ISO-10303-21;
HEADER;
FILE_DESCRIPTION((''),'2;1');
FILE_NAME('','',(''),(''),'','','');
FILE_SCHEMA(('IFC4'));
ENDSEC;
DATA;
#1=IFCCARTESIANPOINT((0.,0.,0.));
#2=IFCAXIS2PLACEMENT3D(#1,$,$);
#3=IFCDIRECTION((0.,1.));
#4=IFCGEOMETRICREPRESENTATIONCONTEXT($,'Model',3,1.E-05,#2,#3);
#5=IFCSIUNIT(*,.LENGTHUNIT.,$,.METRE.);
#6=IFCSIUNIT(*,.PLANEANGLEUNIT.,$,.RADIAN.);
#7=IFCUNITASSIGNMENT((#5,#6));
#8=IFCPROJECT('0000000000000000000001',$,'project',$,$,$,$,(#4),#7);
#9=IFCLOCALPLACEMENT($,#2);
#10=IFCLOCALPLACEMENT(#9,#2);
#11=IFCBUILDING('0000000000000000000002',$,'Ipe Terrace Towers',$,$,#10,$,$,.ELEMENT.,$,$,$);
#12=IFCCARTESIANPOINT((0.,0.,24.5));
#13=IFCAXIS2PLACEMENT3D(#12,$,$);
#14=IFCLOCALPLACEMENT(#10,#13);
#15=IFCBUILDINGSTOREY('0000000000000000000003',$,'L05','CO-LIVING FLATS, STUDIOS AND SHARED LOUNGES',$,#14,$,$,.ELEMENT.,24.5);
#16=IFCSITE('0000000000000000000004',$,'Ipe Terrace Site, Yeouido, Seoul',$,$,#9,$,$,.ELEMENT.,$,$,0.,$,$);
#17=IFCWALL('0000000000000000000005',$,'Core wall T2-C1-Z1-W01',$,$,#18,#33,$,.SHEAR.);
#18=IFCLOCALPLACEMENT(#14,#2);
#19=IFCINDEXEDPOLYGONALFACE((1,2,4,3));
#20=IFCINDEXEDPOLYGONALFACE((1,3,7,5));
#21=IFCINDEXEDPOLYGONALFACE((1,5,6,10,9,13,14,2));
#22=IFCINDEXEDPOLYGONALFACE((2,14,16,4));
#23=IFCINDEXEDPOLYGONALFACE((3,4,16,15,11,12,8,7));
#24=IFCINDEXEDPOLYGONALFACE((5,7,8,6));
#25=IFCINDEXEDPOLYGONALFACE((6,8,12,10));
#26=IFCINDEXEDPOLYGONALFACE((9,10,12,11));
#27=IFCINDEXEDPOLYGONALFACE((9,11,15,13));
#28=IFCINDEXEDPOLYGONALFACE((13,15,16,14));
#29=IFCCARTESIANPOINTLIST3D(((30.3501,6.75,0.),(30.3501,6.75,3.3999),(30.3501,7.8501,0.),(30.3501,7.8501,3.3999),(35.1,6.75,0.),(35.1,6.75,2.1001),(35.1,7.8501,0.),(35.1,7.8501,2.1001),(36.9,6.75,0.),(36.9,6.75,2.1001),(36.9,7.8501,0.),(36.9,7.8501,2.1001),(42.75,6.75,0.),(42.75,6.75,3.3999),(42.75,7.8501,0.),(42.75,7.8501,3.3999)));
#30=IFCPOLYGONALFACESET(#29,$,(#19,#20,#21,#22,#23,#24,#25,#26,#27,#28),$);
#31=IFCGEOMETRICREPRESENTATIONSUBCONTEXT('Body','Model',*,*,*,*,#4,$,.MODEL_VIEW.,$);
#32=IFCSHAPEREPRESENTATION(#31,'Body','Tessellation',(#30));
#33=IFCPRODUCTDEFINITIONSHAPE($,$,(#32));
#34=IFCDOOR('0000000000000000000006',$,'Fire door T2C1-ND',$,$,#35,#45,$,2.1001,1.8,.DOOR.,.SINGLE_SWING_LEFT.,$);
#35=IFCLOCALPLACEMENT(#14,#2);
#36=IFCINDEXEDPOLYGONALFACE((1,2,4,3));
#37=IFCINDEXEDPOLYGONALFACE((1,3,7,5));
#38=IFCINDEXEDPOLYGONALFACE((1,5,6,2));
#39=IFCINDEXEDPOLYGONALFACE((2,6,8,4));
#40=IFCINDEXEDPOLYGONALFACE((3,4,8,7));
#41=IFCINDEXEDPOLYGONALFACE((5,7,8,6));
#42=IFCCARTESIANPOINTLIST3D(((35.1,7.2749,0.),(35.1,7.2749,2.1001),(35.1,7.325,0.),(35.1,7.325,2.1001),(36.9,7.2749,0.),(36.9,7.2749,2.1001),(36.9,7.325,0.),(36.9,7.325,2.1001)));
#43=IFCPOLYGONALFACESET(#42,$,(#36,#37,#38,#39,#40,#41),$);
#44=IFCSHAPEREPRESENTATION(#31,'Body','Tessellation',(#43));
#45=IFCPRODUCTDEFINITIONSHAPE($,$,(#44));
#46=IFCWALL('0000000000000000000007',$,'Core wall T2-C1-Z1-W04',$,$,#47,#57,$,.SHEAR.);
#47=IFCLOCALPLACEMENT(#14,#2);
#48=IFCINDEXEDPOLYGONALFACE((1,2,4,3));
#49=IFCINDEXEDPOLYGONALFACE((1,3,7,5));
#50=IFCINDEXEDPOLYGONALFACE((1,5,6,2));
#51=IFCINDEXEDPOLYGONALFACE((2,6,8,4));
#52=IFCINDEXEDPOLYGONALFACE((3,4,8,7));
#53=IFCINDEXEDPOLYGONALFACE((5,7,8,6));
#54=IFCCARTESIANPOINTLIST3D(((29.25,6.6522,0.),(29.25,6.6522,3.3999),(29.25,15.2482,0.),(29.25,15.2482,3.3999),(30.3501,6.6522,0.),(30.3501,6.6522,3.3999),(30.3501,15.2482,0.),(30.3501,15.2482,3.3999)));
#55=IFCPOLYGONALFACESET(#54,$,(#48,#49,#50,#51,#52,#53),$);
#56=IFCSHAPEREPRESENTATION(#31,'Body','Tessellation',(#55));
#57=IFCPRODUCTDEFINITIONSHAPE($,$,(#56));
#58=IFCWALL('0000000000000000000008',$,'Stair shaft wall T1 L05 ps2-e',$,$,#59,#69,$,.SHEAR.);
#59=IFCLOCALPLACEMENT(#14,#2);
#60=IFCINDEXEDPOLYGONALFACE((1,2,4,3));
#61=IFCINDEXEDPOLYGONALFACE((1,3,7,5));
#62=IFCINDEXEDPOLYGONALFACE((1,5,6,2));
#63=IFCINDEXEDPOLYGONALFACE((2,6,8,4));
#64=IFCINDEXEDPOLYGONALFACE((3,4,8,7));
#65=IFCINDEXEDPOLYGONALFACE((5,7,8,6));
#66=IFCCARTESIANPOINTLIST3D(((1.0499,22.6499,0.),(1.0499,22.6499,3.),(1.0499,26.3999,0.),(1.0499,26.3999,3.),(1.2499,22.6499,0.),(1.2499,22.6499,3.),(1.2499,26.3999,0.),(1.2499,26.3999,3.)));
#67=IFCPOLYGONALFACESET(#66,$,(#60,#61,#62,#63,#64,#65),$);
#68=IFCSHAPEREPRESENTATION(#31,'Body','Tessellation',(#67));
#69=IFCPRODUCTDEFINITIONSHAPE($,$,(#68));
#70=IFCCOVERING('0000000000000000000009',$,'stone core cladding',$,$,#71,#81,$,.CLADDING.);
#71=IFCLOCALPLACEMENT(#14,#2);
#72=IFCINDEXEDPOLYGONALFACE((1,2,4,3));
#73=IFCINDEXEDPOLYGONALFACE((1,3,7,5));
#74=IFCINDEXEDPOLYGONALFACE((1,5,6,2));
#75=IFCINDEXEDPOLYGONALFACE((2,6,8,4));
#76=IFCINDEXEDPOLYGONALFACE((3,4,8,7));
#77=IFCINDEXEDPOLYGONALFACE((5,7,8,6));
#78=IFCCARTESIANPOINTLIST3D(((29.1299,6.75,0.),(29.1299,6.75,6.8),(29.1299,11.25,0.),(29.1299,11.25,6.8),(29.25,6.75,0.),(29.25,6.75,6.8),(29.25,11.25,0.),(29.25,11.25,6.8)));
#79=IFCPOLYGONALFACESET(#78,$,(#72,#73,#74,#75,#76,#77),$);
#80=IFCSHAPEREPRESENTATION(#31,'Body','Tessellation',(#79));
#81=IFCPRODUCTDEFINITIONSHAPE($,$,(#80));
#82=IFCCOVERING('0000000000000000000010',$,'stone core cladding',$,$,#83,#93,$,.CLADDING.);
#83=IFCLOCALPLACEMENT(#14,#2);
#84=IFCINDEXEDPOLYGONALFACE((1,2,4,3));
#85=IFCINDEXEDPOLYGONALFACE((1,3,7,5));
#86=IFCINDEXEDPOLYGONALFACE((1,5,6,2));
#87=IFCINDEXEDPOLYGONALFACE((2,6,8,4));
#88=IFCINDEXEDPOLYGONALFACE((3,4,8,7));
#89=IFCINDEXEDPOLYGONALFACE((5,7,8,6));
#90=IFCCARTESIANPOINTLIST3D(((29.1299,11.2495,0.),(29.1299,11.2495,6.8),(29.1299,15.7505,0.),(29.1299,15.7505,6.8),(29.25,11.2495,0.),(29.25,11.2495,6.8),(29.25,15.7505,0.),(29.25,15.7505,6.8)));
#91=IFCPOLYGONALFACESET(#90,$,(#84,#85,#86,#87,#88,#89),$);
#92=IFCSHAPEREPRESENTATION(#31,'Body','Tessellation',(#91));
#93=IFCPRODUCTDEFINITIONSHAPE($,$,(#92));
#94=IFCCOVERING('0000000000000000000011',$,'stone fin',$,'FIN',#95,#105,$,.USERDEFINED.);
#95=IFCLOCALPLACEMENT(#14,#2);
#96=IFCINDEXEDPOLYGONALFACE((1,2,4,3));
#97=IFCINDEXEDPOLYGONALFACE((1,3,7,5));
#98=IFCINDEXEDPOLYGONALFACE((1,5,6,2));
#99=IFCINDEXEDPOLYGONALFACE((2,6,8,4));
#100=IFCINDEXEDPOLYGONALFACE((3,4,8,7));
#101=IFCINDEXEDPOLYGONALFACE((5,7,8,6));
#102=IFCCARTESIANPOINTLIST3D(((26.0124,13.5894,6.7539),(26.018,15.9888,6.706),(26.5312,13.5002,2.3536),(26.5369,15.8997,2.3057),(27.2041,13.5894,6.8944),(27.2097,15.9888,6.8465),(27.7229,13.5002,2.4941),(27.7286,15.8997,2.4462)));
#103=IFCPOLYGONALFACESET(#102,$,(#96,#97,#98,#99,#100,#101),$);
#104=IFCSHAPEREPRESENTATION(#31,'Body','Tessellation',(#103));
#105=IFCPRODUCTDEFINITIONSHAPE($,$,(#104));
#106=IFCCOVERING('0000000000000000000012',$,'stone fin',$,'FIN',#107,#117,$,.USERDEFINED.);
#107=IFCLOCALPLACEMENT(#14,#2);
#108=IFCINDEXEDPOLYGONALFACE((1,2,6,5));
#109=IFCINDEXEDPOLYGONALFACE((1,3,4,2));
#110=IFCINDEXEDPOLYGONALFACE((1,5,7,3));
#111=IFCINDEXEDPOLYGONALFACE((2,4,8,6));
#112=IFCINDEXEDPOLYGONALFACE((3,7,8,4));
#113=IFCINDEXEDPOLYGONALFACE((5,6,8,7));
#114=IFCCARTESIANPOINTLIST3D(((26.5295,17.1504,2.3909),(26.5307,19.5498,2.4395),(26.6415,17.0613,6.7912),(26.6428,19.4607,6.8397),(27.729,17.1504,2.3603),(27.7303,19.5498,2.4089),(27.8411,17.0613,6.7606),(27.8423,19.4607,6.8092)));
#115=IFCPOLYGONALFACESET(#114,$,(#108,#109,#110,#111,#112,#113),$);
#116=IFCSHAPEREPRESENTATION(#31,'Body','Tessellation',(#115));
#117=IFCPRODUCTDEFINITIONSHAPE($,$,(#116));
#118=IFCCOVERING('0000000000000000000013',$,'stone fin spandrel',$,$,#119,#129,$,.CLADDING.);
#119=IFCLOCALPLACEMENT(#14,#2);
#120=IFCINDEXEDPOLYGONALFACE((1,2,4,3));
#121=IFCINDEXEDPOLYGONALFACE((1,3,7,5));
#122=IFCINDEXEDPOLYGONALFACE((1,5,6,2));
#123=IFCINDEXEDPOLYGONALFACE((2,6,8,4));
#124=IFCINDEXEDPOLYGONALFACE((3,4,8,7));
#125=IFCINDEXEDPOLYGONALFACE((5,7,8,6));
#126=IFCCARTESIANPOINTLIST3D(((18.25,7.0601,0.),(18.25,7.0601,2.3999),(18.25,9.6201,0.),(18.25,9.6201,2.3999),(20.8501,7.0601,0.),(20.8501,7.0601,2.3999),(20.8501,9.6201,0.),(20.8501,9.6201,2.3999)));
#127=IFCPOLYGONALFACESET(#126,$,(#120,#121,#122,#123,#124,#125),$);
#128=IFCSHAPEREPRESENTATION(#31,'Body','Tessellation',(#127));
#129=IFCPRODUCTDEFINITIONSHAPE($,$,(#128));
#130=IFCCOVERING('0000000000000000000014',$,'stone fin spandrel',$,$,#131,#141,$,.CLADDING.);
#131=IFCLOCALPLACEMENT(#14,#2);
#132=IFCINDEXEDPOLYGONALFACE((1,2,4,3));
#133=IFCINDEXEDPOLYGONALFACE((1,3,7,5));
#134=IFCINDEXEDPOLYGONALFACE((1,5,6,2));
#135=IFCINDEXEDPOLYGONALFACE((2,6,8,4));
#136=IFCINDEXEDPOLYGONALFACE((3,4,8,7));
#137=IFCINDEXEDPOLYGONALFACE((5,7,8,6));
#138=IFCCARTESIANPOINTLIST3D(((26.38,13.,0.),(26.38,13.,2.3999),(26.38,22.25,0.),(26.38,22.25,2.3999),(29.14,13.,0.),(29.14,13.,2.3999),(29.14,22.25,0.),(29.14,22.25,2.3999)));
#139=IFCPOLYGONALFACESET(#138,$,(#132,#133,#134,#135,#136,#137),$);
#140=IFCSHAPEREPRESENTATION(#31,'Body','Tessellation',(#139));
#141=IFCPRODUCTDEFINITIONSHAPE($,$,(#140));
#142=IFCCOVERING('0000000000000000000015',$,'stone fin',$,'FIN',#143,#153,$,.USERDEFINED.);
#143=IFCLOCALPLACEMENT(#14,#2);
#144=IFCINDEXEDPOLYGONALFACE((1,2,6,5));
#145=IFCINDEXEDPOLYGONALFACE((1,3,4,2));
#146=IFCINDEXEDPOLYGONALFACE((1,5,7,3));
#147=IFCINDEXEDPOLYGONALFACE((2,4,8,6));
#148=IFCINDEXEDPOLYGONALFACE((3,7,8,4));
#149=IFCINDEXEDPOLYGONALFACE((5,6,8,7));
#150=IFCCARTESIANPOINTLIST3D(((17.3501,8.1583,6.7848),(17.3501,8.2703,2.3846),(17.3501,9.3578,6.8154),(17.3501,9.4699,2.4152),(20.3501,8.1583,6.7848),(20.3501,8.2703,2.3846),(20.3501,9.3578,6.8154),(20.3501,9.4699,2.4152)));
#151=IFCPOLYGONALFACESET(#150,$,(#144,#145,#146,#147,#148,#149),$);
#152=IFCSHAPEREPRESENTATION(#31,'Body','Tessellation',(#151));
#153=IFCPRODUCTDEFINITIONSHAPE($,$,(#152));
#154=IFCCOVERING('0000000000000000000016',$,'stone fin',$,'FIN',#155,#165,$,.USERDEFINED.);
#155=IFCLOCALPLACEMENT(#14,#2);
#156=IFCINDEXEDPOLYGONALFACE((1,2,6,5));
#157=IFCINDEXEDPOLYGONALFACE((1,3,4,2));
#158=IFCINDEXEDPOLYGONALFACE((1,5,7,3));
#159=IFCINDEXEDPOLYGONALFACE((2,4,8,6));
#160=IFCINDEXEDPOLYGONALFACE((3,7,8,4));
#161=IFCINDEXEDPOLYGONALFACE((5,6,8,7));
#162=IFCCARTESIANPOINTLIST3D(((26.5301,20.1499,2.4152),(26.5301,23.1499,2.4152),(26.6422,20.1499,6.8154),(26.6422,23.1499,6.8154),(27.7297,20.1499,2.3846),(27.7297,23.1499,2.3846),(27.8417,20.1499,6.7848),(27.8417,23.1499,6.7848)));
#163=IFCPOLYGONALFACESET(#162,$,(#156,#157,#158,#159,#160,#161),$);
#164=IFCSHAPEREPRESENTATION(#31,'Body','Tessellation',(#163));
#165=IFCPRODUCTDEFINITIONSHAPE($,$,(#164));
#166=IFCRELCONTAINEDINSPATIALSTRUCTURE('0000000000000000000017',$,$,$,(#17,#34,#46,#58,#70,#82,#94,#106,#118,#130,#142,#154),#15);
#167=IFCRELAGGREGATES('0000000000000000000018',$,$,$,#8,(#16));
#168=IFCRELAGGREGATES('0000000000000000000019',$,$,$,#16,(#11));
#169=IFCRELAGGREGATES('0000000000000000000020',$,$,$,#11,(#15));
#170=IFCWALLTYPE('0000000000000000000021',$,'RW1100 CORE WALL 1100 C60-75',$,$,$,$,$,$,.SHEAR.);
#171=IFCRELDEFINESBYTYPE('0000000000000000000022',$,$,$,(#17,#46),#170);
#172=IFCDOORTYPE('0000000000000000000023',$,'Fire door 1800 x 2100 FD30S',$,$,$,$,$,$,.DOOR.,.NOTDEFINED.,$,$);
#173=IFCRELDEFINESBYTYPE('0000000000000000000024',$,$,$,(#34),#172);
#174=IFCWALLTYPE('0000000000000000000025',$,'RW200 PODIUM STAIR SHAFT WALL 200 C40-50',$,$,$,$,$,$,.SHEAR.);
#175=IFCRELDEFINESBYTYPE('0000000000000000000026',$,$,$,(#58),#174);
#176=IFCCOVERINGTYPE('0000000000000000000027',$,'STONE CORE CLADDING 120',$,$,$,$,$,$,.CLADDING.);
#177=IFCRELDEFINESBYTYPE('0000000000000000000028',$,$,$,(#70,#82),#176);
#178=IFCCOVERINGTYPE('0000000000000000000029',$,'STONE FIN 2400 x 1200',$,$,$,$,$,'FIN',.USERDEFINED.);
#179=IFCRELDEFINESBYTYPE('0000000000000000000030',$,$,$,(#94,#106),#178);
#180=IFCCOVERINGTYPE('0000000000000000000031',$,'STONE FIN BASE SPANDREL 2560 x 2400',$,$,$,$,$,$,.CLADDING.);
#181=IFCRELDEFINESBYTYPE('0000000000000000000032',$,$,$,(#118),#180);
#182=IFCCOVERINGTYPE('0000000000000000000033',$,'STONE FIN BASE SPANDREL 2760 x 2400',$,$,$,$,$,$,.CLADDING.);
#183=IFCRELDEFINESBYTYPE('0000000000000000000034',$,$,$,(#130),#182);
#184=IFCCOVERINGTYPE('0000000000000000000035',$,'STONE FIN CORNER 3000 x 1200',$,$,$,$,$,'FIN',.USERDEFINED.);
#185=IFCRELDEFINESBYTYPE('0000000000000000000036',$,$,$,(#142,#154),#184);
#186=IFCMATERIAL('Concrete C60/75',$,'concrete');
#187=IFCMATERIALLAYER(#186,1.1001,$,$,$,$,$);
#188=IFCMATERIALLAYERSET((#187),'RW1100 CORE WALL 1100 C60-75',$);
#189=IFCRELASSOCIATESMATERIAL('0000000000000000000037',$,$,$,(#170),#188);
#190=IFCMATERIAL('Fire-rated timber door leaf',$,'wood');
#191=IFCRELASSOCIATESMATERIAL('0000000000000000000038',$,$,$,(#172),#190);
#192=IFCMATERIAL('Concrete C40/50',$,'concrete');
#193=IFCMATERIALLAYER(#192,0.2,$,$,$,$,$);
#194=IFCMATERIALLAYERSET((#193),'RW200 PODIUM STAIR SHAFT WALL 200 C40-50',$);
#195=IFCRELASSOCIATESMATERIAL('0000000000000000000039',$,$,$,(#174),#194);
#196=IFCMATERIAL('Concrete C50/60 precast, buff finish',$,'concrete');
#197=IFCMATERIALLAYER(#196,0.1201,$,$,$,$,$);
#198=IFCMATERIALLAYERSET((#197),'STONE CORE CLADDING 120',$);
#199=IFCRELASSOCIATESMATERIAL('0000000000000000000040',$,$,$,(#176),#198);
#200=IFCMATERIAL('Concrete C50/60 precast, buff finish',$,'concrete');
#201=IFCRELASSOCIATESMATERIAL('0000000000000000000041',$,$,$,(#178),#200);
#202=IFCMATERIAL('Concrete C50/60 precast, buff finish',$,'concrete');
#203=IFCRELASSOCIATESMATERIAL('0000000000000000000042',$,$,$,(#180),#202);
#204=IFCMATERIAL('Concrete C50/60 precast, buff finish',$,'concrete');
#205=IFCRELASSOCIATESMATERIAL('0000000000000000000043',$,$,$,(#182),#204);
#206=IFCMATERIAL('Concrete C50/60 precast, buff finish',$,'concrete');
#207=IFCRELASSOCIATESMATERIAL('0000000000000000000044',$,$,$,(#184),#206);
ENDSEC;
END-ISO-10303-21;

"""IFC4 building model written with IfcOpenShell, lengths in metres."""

from ifc_helpers import new_model, si_unit, direction, frame, frame_2d, origin, origin_2d, place, context, subcontext, project, spatial, rectangle, extrude, material, layer, layer_set, material_profile, profile_set, type_object, element, fill, save


model = new_model("IFC4")

# Units and contexts
model_context = context("Model", 3, precision=1e-05, world=origin(), true_north=direction((0.0, 1.0)))
body_context = subcontext(model_context, "Body", "Model", "MODEL_VIEW")
ifc_project = project(units=[si_unit("LENGTHUNIT", "METRE"), si_unit("PLANEANGLEUNIT", "RADIAN")], contexts=[model_context])

# Site, building, storey
site_placement = place(None, origin())
site = spatial("IfcSite", under=ifc_project, at=site_placement, Name="Ipe Terrace Site, Yeouido, Seoul", CompositionType="ELEMENT", RefElevation=0.0)
building_placement = place(site_placement, origin())
building = spatial("IfcBuilding", under=site, at=building_placement, Name="Ipe Terrace Towers", CompositionType="ELEMENT")
storey_placement = place(building_placement, frame((0.0, 0.0, 24.5)))
storey = spatial("IfcBuildingStorey", under=building, at=storey_placement, Name="L05", Description="CO-LIVING FLATS, STUDIOS AND SHARED LOUNGES", CompositionType="ELEMENT", Elevation=24.5)

# Wall, opening, door
ifc_material_1 = material(Name="Concrete C60/75", Category="concrete")
ifc_layer_1 = layer(ifc_material_1, 1.1001)
ifc_layer_set_1 = layer_set([ifc_layer_1], Name="RW1100 CORE WALL 1100 C60-75")
wall_type_1 = type_object("IfcWallType", Name="RW1100 CORE WALL 1100 C60-75", PredefinedType="SHEAR", material=ifc_layer_set_1)
wall_1_placement = place(storey_placement, frame((30.3501, 7.3, 0.0), z_axis=(0.0, 0.0, 1.0), x_axis=(1.0, 0.0, 0.0)))
wall_1 = element("IfcWall", 1, at=wall_1_placement, inside=storey, type_object=wall_type_1, Name="Core wall T2-C1-Z1-W01", PredefinedType="SHEAR", context=body_context, shape_type="SweptSolid", body=[
    extrude(rectangle(XDim=12.3999, YDim=1.1001, at=frame_2d((6.2, 0.0))), origin(), (0.0, 0.0, 1.0), 3.3999),
])
opening_placement = place(wall_1_placement, frame((4.75, 0.0, 0.0)))
opening = element("IfcOpeningElement", 2, at=opening_placement, cuts=wall_1, PredefinedType="OPENING", context=body_context, shape_type="SweptSolid", body=[
    extrude(rectangle(XDim=1.8, YDim=2.1001, at=frame_2d((0.8999, 1.05))), frame((0.0, 0.5601, 0.0), z_axis=(0.0, -1.0, 0.0), x_axis=(1.0, 0.0, 0.0)), (0.0, 0.0, 1.0), 1.1201),
])
ifc_material_2 = material(Name="Fire-rated timber door leaf", Category="wood")
door_type = type_object("IfcDoorType", Name="Fire door 1800 x 2100 FD30S", OperationType="NOTDEFINED", PredefinedType="DOOR", material=ifc_material_2)
door_placement = place(opening_placement, origin())
door = element("IfcDoor", 3, at=door_placement, inside=storey, type_object=door_type, Name="Fire door T2C1-ND", OperationType="SINGLE_SWING_LEFT", OverallHeight=2.1001, OverallWidth=1.8, PredefinedType="DOOR", context=body_context, shape_type="SweptSolid", body=[
    extrude(rectangle(XDim=1.8, YDim=2.1001, at=frame_2d((0.8999, 1.05))), frame((0.0, 0.0249, 0.0), z_axis=(0.0, -1.0, 0.0), x_axis=(1.0, 0.0, 0.0)), (0.0, 0.0, 1.0), 0.05),
])
fill(opening, door)

# Walls
wall_2_placement = place(storey_placement, frame((29.8, 15.248, 0.0), z_axis=(0.0, 0.0, 1.0), x_axis=(0.0, -1.0, 0.0)))
element("IfcWall", 4, at=wall_2_placement, inside=storey, type_object=wall_type_1, Name="Core wall T2-C1-Z1-W04", PredefinedType="SHEAR", context=body_context, shape_type="SweptSolid", body=[
    extrude(rectangle(XDim=8.5959, YDim=1.1001, at=frame_2d((4.2979, 0.0))), origin(), (0.0, 0.0, 1.0), 3.3999),
])
ifc_material_3 = material(Name="Concrete C40/50", Category="concrete")
ifc_layer_2 = layer(ifc_material_3, 0.2)
ifc_layer_set_2 = layer_set([ifc_layer_2], Name="RW200 PODIUM STAIR SHAFT WALL 200 C40-50")
wall_type_2 = type_object("IfcWallType", Name="RW200 PODIUM STAIR SHAFT WALL 200 C40-50", PredefinedType="SHEAR", material=ifc_layer_set_2)
wall_3_placement = place(storey_placement, frame((1.1499, 22.6499, 0.0), z_axis=(0.0, 0.0, 1.0), x_axis=(0.0, 1.0, 0.0)))
element("IfcWall", 5, at=wall_3_placement, inside=storey, type_object=wall_type_2, Name="Stair shaft wall T1 L05 ps2-e", PredefinedType="SHEAR", context=body_context, shape_type="SweptSolid", body=[
    extrude(rectangle(XDim=3.75, YDim=0.2, at=frame_2d((1.875, 0.0))), origin(), (0.0, 0.0, 1.0), 3.0),
])

# Coverings
ifc_material_4 = material(Name="Concrete C50/60 precast, buff finish", Category="concrete")
ifc_layer_3 = layer(ifc_material_4, 0.1201)
ifc_layer_set_3 = layer_set([ifc_layer_3], Name="STONE CORE CLADDING 120")
covering_type_1 = type_object("IfcCoveringType", Name="STONE CORE CLADDING 120", PredefinedType="CLADDING", material=ifc_layer_set_3)
covering_1_placement = place(storey_placement, frame((29.1899, 9.0, 0.0), z_axis=(0.0, 0.0, 1.0), x_axis=(0.0, -1.0, 0.0)))
element("IfcCovering", 6, at=covering_1_placement, inside=storey, type_object=covering_type_1, Name="stone core cladding", PredefinedType="CLADDING", context=body_context, shape_type="SweptSolid", body=[
    extrude(rectangle(XDim=4.5, YDim=0.1201, at=origin_2d()), origin(), (0.0, 0.0, 1.0), 6.8),
])
covering_2_placement = place(storey_placement, frame((29.1899, 13.5, 0.0), z_axis=(0.0, 0.0, 1.0), x_axis=(0.0, -1.0, 0.0)))
element("IfcCovering", 7, at=covering_2_placement, inside=storey, type_object=covering_type_1, Name="stone core cladding", PredefinedType="CLADDING", context=body_context, shape_type="SweptSolid", body=[
    extrude(rectangle(XDim=4.501, YDim=0.1201, at=origin_2d()), origin(), (0.0, 0.0, 1.0), 6.8),
])
ifc_material_5 = material(Name="Concrete C50/60 precast, buff finish", Category="concrete")
ifc_material_profile_1 = material_profile(ifc_material_5, rectangle(XDim=2.3999, YDim=1.2, at=origin_2d()), Name="STONE FIN 2400 x 1200")
ifc_profile_set_1 = profile_set([ifc_material_profile_1], Name="Concrete C50/60 precast, buff finish")
covering_type_2 = type_object("IfcCoveringType", Name="STONE FIN 2400 x 1200", ElementType="FIN", PredefinedType="USERDEFINED", material=ifc_profile_set_1)
covering_3_placement = place(storey_placement, frame((27.1299, 14.7, 2.3999), z_axis=(-0.11707, 0.020109, 0.99292), x_axis=(-0.002355, -0.999798, 0.01997)))
element("IfcCovering", 8, at=covering_3_placement, inside=storey, type_object=covering_type_2, Name="stone fin", ObjectType="FIN", PredefinedType="USERDEFINED", context=body_context, shape_type="SweptSolid", body=[
    extrude(rectangle(XDim=2.3999, YDim=1.2, at=origin_2d()), origin(), (0.0, 0.0, 1.0), 4.4316),
])
covering_4_placement = place(storey_placement, frame((27.1299, 18.3501, 2.3999), z_axis=(0.025454, -0.020241, 0.999471), x_axis=(-0.000515, -0.999795, -0.020235)))
element("IfcCovering", 9, at=covering_4_placement, inside=storey, type_object=covering_type_2, Name="stone fin", ObjectType="FIN", PredefinedType="USERDEFINED", context=body_context, shape_type="SweptSolid", body=[
    extrude(rectangle(XDim=2.3999, YDim=1.2, at=origin_2d()), origin(), (0.0, 0.0, 1.0), 4.4026),
])
ifc_material_6 = material(Name="Concrete C50/60 precast, buff finish", Category="concrete")
ifc_material_profile_2 = material_profile(ifc_material_6, rectangle(XDim=2.5601, YDim=2.3999, at=origin_2d()), Name="STONE FIN BASE SPANDREL 2560 x 2400")
ifc_profile_set_2 = profile_set([ifc_material_profile_2], Name="Concrete C50/60 precast, buff finish")
covering_type_3 = type_object("IfcCoveringType", Name="STONE FIN BASE SPANDREL 2560 x 2400", PredefinedType="CLADDING", material=ifc_profile_set_2)
covering_5_placement = place(storey_placement, frame((20.8501, 8.3401, 1.2), z_axis=(-1.0, 0.0, 0.0), x_axis=(0.0, 1.0, 0.0)))
element("IfcCovering", 10, at=covering_5_placement, inside=storey, type_object=covering_type_3, Name="stone fin spandrel", PredefinedType="CLADDING", context=body_context, shape_type="SweptSolid", body=[
    extrude(rectangle(XDim=2.5601, YDim=2.3999, at=origin_2d()), origin(), (0.0, 0.0, 1.0), 2.6001),
])
ifc_material_7 = material(Name="Concrete C50/60 precast, buff finish", Category="concrete")
ifc_material_profile_3 = material_profile(ifc_material_7, rectangle(XDim=2.76, YDim=2.3999, at=origin_2d()), Name="STONE FIN BASE SPANDREL 2760 x 2400")
ifc_profile_set_3 = profile_set([ifc_material_profile_3], Name="Concrete C50/60 precast, buff finish")
covering_type_4 = type_object("IfcCoveringType", Name="STONE FIN BASE SPANDREL 2760 x 2400", PredefinedType="CLADDING", material=ifc_profile_set_3)
covering_6_placement = place(storey_placement, frame((27.76, 22.25, 1.2), z_axis=(0.0, -1.0, 0.0), x_axis=(-1.0, 0.0, 0.0)))
element("IfcCovering", 11, at=covering_6_placement, inside=storey, type_object=covering_type_4, Name="stone fin spandrel", PredefinedType="CLADDING", context=body_context, shape_type="SweptSolid", body=[
    extrude(rectangle(XDim=2.76, YDim=2.3999, at=origin_2d()), origin(), (0.0, 0.0, 1.0), 9.25),
])
ifc_material_8 = material(Name="Concrete C50/60 precast, buff finish", Category="concrete")
ifc_material_profile_4 = material_profile(ifc_material_8, rectangle(XDim=3.0, YDim=1.2, at=origin_2d()), Name="STONE FIN CORNER 3000 x 1200")
ifc_profile_set_4 = profile_set([ifc_material_profile_4], Name="Concrete C50/60 precast, buff finish")
covering_type_5 = type_object("IfcCoveringType", Name="STONE FIN CORNER 3000 x 1200", ElementType="FIN", PredefinedType="USERDEFINED", material=ifc_profile_set_4)
for number, where, z_axis, x_axis, name in (
    (12, (18.8501, 8.8701, 2.3999), (0.0, -0.025459, 0.999676), (-1.0, 0.0, 0.0), "stone fin"),
    (13, (27.1299, 21.6499, 2.3999), (0.025459, 0.0, 0.999676), (0.0, -1.0, 0.0), "stone fin"),
):
    element("IfcCovering", number, at=place(storey_placement, frame(where, z_axis=z_axis, x_axis=x_axis)), inside=storey, type_object=covering_type_5, Name=name, ObjectType="FIN", PredefinedType="USERDEFINED", context=body_context, shape_type="SweptSolid", body=[
        extrude(rectangle(XDim=3.0, YDim=1.2, at=origin_2d()), origin(), (0.0, 0.0, 1.0), 4.4016),
    ])

save(model, "model.ifc")
